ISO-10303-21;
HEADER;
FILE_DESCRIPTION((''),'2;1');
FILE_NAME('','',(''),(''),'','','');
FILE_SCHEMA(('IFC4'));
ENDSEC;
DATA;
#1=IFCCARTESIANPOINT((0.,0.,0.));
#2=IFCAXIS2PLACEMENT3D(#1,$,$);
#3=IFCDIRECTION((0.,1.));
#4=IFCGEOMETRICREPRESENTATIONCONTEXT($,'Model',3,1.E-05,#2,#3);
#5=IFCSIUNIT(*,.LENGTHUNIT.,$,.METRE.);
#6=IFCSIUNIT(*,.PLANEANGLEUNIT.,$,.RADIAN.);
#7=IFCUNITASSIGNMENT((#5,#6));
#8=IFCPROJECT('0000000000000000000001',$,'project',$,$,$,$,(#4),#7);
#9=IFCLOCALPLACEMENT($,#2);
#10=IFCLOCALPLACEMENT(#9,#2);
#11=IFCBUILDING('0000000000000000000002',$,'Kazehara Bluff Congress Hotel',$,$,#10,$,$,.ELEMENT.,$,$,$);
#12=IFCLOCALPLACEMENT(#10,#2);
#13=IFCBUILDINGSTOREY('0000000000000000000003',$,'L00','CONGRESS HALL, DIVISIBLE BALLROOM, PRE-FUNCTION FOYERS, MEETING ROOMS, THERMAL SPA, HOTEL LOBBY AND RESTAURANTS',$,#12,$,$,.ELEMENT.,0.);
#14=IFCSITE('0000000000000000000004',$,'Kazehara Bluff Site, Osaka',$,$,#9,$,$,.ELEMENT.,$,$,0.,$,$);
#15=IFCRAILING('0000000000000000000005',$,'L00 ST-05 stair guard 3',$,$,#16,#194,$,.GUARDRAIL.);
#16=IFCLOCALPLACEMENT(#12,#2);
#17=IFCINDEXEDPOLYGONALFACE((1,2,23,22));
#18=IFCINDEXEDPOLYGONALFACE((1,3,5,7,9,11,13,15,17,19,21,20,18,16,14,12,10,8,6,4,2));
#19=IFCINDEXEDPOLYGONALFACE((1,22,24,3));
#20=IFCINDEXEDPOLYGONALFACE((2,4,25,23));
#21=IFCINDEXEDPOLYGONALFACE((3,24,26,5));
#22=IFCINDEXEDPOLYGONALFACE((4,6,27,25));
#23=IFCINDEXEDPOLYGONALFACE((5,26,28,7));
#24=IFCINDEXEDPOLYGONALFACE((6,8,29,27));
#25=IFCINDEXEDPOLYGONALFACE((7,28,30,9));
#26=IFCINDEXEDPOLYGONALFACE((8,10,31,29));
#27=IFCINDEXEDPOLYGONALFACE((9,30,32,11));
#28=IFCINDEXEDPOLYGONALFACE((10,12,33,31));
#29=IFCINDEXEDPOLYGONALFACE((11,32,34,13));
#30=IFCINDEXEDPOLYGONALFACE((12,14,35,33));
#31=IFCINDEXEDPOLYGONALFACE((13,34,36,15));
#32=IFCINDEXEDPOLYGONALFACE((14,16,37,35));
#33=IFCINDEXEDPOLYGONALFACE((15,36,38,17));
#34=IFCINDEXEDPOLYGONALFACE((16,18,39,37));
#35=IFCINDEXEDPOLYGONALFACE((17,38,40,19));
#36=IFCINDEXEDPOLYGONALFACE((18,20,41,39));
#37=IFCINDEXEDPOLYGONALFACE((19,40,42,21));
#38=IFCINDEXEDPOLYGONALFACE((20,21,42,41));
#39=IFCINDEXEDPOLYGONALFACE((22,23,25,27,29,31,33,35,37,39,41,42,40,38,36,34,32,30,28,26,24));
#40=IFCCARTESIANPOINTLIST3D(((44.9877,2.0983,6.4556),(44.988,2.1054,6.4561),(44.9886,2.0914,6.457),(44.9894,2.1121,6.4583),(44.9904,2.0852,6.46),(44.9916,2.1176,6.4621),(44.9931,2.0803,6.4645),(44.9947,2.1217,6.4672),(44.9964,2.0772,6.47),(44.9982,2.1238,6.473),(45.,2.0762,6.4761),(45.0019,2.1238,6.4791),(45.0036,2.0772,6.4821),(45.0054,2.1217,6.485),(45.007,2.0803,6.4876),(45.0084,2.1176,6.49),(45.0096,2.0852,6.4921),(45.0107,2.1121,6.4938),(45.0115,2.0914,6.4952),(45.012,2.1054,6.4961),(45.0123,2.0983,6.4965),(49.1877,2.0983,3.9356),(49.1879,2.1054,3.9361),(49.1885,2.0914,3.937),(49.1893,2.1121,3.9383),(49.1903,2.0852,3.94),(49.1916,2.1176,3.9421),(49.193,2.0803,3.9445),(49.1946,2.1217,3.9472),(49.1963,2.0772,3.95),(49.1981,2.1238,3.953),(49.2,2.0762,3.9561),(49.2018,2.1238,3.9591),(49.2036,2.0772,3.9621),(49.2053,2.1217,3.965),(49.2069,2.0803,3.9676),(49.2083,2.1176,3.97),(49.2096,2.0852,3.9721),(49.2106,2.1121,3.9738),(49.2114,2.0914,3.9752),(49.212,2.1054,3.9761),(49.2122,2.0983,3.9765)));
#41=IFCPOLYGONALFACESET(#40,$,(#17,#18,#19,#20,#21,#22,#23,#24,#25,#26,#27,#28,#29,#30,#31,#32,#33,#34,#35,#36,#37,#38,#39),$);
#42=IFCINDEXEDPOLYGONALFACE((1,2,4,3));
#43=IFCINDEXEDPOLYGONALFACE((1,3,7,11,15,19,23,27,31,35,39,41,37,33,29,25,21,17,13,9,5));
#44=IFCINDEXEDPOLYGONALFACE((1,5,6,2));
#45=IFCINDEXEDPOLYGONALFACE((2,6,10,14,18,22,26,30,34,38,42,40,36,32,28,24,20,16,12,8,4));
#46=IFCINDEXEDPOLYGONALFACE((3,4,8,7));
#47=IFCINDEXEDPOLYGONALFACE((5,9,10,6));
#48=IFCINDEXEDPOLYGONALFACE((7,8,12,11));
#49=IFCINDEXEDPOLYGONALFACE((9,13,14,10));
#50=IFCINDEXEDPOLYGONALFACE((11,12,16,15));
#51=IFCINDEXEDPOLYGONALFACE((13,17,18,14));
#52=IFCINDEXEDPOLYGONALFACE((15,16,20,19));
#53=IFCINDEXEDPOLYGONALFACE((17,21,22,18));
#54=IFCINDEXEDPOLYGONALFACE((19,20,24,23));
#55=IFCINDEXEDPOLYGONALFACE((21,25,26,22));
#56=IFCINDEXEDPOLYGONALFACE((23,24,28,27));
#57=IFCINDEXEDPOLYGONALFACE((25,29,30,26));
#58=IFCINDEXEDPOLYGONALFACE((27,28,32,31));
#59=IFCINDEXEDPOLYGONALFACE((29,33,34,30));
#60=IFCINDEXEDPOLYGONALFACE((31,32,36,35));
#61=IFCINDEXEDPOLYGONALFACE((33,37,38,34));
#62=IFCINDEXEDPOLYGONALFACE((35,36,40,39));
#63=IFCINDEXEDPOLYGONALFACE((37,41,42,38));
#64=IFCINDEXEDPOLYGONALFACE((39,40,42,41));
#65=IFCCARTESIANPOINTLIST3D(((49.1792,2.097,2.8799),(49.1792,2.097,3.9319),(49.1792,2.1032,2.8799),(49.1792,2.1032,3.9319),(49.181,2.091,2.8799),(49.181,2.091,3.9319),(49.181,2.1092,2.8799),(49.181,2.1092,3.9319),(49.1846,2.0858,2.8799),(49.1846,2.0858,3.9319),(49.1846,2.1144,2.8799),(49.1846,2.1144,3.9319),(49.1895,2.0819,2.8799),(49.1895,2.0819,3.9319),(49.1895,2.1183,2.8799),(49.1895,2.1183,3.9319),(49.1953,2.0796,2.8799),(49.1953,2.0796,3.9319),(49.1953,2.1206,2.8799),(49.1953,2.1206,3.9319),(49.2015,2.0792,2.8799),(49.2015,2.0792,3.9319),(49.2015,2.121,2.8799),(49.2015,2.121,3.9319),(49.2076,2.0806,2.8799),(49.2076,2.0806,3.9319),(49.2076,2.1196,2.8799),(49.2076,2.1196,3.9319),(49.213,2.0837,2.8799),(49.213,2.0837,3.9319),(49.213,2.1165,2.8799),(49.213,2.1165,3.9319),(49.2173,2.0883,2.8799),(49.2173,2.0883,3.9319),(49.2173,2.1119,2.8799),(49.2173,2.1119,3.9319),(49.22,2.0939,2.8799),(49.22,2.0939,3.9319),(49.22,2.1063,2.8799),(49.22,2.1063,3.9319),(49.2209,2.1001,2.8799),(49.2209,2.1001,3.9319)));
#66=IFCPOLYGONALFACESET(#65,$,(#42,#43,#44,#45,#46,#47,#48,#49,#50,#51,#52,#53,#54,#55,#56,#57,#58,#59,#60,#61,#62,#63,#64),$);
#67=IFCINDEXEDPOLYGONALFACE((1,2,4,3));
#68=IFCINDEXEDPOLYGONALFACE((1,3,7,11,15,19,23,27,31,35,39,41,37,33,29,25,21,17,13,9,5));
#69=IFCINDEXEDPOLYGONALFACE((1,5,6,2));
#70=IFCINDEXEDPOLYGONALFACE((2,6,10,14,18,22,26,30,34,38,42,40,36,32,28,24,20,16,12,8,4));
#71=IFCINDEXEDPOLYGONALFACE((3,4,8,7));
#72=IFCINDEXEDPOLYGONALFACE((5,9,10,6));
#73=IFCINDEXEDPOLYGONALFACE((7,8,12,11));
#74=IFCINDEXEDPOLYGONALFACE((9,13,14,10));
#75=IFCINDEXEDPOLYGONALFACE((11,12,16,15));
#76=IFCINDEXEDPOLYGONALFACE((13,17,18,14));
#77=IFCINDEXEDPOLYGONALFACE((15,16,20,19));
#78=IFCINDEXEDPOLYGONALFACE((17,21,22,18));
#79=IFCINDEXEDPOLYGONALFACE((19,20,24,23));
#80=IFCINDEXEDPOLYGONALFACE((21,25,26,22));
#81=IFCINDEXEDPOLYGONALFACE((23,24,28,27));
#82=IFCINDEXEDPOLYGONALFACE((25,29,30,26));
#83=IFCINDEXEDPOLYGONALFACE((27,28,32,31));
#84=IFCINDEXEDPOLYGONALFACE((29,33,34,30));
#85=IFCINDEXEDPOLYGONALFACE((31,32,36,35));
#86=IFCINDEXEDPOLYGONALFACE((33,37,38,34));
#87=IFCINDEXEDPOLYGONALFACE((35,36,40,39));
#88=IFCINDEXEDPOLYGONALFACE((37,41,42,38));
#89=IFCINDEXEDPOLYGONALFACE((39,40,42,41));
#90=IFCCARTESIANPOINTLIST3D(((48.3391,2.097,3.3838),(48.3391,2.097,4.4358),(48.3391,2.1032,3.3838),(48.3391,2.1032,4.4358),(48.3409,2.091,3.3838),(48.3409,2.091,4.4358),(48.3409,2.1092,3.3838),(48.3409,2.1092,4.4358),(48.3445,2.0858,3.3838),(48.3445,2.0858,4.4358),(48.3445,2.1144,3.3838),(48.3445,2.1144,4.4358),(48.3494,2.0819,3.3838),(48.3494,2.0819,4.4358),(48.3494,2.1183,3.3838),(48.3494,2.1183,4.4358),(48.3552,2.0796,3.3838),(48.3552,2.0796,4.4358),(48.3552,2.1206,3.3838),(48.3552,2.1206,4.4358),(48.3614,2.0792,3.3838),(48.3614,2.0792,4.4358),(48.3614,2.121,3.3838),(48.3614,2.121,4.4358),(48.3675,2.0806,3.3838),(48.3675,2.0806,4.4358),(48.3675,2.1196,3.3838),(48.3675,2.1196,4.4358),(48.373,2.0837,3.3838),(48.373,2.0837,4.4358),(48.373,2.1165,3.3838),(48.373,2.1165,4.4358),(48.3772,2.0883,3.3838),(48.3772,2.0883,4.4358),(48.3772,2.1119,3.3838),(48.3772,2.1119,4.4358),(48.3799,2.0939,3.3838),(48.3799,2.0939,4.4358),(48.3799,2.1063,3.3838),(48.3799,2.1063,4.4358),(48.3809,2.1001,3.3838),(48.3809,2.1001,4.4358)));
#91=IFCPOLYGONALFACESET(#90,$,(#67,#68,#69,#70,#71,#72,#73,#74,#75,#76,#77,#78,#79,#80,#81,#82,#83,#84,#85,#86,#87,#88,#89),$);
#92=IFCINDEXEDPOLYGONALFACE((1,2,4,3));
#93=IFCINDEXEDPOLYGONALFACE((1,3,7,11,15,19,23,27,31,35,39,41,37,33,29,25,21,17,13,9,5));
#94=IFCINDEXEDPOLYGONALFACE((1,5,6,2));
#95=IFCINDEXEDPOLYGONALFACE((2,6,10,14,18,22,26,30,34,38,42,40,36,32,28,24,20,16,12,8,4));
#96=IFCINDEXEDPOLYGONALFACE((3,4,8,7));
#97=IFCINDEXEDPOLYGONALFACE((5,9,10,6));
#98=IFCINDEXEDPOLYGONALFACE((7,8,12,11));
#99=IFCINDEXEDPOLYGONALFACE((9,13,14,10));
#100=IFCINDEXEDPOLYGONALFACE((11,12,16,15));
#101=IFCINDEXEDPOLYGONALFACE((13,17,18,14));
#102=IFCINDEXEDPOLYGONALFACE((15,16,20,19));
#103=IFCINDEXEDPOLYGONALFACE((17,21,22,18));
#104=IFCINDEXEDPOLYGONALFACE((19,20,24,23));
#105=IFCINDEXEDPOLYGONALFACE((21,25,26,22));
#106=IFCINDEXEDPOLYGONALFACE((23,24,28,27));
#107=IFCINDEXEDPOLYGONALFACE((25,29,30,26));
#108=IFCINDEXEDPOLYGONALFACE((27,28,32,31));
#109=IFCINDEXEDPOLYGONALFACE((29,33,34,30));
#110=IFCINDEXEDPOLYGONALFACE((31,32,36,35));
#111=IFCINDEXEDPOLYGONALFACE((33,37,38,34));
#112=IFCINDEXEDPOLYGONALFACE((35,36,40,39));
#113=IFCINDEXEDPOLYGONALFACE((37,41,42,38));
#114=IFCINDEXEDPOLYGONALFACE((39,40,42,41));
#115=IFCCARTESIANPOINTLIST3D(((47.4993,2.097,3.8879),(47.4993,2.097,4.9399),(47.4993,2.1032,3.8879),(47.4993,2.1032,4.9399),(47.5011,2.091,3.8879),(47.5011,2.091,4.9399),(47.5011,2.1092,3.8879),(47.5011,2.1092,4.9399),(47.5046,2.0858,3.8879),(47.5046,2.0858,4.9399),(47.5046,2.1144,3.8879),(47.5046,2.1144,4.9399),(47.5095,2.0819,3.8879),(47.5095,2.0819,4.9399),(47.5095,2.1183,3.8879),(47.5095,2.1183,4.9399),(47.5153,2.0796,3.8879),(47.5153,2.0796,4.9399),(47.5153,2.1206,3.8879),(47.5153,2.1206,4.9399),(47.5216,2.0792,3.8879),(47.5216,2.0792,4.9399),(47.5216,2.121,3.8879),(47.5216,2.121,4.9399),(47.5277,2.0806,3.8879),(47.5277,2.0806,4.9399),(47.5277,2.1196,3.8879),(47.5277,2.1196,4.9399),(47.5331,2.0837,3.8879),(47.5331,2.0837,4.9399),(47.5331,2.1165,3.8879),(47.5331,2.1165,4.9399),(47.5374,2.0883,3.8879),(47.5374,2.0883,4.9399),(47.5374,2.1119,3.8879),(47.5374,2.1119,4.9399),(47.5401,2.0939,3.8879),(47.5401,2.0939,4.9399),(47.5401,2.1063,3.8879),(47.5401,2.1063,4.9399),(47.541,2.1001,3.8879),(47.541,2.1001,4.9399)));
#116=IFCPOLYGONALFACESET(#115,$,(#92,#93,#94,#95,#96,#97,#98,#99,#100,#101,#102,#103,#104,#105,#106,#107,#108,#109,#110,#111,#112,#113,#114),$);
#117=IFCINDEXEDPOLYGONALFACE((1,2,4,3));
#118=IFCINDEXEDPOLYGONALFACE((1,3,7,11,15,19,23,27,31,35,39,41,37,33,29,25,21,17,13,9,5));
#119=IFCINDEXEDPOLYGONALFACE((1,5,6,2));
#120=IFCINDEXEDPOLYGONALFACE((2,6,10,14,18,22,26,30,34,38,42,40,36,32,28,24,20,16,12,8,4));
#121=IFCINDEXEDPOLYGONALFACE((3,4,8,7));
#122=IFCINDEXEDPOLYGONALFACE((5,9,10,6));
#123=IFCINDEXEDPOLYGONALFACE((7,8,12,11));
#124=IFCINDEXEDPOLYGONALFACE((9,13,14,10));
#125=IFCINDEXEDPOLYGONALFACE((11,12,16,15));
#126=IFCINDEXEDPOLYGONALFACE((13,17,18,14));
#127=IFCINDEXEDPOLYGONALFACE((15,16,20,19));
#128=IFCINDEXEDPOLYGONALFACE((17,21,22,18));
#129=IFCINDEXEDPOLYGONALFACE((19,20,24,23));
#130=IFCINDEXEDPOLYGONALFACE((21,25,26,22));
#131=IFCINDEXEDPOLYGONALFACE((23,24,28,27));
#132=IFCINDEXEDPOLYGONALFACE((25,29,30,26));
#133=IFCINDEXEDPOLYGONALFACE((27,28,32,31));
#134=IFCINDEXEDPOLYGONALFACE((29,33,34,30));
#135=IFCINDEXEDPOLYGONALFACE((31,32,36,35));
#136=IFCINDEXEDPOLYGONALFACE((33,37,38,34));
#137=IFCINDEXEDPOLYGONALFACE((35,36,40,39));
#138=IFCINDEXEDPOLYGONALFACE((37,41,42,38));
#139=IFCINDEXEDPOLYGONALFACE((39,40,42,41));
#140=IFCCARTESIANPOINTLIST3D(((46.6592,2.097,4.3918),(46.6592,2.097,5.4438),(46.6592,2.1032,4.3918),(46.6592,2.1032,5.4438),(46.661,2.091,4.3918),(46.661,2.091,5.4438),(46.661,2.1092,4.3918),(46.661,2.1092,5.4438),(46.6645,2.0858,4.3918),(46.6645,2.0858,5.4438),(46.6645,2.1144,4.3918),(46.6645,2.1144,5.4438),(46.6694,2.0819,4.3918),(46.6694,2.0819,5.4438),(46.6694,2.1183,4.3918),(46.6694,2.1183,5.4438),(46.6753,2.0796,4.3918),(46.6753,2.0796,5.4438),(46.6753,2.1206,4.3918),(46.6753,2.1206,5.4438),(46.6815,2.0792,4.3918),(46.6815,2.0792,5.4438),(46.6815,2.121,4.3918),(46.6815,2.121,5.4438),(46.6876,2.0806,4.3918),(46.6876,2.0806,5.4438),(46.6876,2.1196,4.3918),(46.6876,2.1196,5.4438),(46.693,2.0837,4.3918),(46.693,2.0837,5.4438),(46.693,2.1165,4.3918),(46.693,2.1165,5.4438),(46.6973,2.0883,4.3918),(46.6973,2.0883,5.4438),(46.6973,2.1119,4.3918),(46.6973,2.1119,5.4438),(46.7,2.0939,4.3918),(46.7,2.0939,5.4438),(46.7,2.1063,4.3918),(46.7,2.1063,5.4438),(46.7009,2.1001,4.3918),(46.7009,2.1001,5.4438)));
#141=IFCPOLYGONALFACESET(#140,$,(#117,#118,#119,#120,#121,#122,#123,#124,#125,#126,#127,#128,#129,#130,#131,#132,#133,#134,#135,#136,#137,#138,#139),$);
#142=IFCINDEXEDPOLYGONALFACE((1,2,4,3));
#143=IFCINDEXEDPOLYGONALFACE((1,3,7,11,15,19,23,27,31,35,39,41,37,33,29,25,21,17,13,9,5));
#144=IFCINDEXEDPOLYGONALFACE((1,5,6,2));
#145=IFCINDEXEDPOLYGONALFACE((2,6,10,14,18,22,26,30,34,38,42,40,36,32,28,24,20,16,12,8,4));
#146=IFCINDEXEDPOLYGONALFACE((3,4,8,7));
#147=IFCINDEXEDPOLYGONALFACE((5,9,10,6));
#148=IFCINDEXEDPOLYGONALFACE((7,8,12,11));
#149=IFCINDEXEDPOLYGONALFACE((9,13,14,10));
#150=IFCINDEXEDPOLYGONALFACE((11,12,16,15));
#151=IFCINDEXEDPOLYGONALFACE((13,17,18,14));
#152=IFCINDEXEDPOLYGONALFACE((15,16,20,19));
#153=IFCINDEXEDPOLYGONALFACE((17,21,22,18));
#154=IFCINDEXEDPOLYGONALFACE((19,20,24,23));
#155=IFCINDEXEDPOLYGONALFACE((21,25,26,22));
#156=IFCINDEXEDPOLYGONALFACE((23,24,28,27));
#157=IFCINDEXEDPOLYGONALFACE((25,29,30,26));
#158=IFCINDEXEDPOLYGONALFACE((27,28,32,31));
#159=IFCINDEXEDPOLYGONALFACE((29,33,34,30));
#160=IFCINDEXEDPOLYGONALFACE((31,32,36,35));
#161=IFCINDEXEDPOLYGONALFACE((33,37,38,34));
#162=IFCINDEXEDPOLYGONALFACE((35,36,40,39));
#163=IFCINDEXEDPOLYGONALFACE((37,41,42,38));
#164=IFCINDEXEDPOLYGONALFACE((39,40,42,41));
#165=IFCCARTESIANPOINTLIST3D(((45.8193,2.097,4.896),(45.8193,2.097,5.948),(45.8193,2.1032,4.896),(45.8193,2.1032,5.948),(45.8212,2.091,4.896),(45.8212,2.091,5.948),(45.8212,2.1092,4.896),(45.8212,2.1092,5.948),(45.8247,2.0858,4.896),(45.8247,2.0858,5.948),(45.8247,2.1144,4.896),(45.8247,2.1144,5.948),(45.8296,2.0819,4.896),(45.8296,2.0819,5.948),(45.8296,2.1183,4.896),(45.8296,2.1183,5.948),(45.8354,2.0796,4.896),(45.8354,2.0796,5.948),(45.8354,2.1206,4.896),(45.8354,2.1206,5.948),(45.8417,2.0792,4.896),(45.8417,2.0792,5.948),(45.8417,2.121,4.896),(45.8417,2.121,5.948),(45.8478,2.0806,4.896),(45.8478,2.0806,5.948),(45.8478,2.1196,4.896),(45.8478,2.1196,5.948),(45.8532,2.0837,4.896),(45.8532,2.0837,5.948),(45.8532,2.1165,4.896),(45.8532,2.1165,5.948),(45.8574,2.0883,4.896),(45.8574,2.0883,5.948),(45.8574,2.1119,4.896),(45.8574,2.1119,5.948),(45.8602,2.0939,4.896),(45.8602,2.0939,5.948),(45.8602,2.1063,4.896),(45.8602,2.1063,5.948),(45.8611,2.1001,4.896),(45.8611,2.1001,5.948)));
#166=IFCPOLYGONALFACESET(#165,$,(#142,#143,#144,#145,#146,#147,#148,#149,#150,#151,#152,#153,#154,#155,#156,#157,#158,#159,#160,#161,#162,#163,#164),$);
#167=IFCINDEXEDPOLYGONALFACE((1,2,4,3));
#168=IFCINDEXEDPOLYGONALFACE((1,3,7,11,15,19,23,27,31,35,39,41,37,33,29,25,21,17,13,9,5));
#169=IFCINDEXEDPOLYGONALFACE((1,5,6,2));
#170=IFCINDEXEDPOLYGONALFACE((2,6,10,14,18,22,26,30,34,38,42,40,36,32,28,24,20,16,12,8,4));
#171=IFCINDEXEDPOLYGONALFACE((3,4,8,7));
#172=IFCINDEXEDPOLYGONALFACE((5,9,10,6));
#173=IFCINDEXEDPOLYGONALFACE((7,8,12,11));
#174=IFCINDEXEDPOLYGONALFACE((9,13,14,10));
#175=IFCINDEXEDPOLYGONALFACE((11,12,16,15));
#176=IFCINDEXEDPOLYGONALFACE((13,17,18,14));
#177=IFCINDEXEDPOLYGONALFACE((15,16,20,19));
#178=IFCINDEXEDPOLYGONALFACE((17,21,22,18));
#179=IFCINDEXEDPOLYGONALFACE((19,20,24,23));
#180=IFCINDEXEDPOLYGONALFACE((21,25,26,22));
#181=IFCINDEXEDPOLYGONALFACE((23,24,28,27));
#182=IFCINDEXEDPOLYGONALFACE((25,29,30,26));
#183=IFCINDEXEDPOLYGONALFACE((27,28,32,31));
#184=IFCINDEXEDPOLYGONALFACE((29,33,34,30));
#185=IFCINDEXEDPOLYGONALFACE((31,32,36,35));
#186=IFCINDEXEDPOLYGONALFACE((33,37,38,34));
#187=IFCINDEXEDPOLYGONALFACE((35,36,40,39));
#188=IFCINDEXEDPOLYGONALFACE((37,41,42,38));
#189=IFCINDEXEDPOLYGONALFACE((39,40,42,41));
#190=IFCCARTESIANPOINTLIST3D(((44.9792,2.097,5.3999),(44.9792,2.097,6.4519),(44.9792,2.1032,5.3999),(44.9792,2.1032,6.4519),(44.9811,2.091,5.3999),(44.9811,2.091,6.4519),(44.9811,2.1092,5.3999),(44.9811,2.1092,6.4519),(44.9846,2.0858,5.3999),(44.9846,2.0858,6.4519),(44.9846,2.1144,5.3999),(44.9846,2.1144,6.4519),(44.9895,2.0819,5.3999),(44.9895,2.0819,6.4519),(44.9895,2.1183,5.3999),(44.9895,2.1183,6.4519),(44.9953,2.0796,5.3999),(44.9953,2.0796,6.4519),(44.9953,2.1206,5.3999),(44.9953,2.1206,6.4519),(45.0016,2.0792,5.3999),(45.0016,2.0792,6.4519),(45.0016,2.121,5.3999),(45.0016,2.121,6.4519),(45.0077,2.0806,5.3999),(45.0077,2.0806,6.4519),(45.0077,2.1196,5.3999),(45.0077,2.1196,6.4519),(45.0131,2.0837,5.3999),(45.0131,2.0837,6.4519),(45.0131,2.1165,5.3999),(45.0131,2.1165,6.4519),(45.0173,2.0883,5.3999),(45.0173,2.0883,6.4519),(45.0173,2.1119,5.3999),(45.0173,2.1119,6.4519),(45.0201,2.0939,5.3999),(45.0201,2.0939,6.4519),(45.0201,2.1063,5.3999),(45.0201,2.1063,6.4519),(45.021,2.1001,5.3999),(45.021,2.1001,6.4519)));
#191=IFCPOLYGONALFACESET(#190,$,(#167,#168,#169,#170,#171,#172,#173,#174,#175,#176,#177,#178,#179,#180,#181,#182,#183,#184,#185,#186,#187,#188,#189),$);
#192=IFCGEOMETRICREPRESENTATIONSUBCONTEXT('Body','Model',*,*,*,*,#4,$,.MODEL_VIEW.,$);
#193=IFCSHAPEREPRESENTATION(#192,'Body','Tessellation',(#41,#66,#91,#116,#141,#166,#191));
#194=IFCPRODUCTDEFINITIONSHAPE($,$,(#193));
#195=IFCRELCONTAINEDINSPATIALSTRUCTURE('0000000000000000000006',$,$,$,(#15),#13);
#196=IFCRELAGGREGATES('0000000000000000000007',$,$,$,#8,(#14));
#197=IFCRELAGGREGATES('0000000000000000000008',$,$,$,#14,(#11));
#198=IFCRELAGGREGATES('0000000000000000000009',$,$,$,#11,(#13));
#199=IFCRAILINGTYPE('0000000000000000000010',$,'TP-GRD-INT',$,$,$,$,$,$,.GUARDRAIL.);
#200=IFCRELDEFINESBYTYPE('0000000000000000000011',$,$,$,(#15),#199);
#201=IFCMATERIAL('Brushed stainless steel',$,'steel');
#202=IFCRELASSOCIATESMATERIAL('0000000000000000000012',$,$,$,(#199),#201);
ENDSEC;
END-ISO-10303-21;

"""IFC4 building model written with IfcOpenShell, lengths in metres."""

from ifc_helpers import new_model, si_unit, direction, frame, origin, origin_2d, place, context, subcontext, project, spatial, circle, extrude, material, type_object, element, save


model = new_model("IFC4")

# Units and contexts
model_context = context("Model", 3, precision=1e-05, world=origin(), true_north=direction((0.0, 1.0)))
body_context = subcontext(model_context, "Body", "Model", "MODEL_VIEW")
ifc_project = project(units=[si_unit("LENGTHUNIT", "METRE"), si_unit("PLANEANGLEUNIT", "RADIAN")], contexts=[model_context])

# Site, building, storey
site_placement = place(None, origin())
site = spatial("IfcSite", under=ifc_project, at=site_placement, Name="Kazehara Bluff Site, Osaka", CompositionType="ELEMENT", RefElevation=0.0)
building_placement = place(site_placement, origin())
building = spatial("IfcBuilding", under=site, at=building_placement, Name="Kazehara Bluff Congress Hotel", CompositionType="ELEMENT")
storey_placement = place(building_placement, origin())
storey = spatial("IfcBuildingStorey", under=building, at=storey_placement, Name="L00", Description="CONGRESS HALL, DIVISIBLE BALLROOM, PRE-FUNCTION FOYERS, MEETING ROOMS, THERMAL SPA, HOTEL LOBBY AND RESTAURANTS", CompositionType="ELEMENT", Elevation=0.0)

# Railing
ifc_material_1 = material(Name="Brushed stainless steel", Category="steel")
railing_type_1 = type_object("IfcRailingType", Name="TP-GRD-INT", PredefinedType="GUARDRAIL", material=ifc_material_1)
railing_1_placement = place(storey_placement, frame((49.2, 2.1001, 2.8799)))
element("IfcRailing", 1, at=railing_1_placement, inside=storey, type_object=railing_type_1, Name="L00 ST-05 stair guard 3", PredefinedType="GUARDRAIL", context=body_context, shape_type="SweptSolid", body=[
    extrude(circle(Radius=0.0239, at=origin_2d()), frame((0.0, 0.0, 1.0762), z_axis=(-0.857489, 0.0, 0.514503), x_axis=(0.0, -1.0, 0.0)), (0.0, 0.0, 1.0), 4.8979),
    extrude(circle(Radius=0.021, at=origin_2d()), origin(), (0.0, 0.0, 1.0), 1.052),
    extrude(circle(Radius=0.021, at=origin_2d()), frame((-0.8401, 0.0, 0.5039)), (0.0, 0.0, 1.0), 1.052),
    extrude(circle(Radius=0.021, at=origin_2d()), frame((-1.6799, 0.0, 1.0081)), (0.0, 0.0, 1.0), 1.052),
    extrude(circle(Radius=0.021, at=origin_2d()), frame((-2.52, 0.0, 1.512)), (0.0, 0.0, 1.0), 1.052),
    extrude(circle(Radius=0.021, at=origin_2d()), frame((-3.3599, 0.0, 2.0161)), (0.0, 0.0, 1.0), 1.052),
    extrude(circle(Radius=0.021, at=origin_2d()), frame((-4.2, 0.0, 2.52)), (0.0, 0.0, 1.0), 1.052),
])

save(model, "model.ifc")
